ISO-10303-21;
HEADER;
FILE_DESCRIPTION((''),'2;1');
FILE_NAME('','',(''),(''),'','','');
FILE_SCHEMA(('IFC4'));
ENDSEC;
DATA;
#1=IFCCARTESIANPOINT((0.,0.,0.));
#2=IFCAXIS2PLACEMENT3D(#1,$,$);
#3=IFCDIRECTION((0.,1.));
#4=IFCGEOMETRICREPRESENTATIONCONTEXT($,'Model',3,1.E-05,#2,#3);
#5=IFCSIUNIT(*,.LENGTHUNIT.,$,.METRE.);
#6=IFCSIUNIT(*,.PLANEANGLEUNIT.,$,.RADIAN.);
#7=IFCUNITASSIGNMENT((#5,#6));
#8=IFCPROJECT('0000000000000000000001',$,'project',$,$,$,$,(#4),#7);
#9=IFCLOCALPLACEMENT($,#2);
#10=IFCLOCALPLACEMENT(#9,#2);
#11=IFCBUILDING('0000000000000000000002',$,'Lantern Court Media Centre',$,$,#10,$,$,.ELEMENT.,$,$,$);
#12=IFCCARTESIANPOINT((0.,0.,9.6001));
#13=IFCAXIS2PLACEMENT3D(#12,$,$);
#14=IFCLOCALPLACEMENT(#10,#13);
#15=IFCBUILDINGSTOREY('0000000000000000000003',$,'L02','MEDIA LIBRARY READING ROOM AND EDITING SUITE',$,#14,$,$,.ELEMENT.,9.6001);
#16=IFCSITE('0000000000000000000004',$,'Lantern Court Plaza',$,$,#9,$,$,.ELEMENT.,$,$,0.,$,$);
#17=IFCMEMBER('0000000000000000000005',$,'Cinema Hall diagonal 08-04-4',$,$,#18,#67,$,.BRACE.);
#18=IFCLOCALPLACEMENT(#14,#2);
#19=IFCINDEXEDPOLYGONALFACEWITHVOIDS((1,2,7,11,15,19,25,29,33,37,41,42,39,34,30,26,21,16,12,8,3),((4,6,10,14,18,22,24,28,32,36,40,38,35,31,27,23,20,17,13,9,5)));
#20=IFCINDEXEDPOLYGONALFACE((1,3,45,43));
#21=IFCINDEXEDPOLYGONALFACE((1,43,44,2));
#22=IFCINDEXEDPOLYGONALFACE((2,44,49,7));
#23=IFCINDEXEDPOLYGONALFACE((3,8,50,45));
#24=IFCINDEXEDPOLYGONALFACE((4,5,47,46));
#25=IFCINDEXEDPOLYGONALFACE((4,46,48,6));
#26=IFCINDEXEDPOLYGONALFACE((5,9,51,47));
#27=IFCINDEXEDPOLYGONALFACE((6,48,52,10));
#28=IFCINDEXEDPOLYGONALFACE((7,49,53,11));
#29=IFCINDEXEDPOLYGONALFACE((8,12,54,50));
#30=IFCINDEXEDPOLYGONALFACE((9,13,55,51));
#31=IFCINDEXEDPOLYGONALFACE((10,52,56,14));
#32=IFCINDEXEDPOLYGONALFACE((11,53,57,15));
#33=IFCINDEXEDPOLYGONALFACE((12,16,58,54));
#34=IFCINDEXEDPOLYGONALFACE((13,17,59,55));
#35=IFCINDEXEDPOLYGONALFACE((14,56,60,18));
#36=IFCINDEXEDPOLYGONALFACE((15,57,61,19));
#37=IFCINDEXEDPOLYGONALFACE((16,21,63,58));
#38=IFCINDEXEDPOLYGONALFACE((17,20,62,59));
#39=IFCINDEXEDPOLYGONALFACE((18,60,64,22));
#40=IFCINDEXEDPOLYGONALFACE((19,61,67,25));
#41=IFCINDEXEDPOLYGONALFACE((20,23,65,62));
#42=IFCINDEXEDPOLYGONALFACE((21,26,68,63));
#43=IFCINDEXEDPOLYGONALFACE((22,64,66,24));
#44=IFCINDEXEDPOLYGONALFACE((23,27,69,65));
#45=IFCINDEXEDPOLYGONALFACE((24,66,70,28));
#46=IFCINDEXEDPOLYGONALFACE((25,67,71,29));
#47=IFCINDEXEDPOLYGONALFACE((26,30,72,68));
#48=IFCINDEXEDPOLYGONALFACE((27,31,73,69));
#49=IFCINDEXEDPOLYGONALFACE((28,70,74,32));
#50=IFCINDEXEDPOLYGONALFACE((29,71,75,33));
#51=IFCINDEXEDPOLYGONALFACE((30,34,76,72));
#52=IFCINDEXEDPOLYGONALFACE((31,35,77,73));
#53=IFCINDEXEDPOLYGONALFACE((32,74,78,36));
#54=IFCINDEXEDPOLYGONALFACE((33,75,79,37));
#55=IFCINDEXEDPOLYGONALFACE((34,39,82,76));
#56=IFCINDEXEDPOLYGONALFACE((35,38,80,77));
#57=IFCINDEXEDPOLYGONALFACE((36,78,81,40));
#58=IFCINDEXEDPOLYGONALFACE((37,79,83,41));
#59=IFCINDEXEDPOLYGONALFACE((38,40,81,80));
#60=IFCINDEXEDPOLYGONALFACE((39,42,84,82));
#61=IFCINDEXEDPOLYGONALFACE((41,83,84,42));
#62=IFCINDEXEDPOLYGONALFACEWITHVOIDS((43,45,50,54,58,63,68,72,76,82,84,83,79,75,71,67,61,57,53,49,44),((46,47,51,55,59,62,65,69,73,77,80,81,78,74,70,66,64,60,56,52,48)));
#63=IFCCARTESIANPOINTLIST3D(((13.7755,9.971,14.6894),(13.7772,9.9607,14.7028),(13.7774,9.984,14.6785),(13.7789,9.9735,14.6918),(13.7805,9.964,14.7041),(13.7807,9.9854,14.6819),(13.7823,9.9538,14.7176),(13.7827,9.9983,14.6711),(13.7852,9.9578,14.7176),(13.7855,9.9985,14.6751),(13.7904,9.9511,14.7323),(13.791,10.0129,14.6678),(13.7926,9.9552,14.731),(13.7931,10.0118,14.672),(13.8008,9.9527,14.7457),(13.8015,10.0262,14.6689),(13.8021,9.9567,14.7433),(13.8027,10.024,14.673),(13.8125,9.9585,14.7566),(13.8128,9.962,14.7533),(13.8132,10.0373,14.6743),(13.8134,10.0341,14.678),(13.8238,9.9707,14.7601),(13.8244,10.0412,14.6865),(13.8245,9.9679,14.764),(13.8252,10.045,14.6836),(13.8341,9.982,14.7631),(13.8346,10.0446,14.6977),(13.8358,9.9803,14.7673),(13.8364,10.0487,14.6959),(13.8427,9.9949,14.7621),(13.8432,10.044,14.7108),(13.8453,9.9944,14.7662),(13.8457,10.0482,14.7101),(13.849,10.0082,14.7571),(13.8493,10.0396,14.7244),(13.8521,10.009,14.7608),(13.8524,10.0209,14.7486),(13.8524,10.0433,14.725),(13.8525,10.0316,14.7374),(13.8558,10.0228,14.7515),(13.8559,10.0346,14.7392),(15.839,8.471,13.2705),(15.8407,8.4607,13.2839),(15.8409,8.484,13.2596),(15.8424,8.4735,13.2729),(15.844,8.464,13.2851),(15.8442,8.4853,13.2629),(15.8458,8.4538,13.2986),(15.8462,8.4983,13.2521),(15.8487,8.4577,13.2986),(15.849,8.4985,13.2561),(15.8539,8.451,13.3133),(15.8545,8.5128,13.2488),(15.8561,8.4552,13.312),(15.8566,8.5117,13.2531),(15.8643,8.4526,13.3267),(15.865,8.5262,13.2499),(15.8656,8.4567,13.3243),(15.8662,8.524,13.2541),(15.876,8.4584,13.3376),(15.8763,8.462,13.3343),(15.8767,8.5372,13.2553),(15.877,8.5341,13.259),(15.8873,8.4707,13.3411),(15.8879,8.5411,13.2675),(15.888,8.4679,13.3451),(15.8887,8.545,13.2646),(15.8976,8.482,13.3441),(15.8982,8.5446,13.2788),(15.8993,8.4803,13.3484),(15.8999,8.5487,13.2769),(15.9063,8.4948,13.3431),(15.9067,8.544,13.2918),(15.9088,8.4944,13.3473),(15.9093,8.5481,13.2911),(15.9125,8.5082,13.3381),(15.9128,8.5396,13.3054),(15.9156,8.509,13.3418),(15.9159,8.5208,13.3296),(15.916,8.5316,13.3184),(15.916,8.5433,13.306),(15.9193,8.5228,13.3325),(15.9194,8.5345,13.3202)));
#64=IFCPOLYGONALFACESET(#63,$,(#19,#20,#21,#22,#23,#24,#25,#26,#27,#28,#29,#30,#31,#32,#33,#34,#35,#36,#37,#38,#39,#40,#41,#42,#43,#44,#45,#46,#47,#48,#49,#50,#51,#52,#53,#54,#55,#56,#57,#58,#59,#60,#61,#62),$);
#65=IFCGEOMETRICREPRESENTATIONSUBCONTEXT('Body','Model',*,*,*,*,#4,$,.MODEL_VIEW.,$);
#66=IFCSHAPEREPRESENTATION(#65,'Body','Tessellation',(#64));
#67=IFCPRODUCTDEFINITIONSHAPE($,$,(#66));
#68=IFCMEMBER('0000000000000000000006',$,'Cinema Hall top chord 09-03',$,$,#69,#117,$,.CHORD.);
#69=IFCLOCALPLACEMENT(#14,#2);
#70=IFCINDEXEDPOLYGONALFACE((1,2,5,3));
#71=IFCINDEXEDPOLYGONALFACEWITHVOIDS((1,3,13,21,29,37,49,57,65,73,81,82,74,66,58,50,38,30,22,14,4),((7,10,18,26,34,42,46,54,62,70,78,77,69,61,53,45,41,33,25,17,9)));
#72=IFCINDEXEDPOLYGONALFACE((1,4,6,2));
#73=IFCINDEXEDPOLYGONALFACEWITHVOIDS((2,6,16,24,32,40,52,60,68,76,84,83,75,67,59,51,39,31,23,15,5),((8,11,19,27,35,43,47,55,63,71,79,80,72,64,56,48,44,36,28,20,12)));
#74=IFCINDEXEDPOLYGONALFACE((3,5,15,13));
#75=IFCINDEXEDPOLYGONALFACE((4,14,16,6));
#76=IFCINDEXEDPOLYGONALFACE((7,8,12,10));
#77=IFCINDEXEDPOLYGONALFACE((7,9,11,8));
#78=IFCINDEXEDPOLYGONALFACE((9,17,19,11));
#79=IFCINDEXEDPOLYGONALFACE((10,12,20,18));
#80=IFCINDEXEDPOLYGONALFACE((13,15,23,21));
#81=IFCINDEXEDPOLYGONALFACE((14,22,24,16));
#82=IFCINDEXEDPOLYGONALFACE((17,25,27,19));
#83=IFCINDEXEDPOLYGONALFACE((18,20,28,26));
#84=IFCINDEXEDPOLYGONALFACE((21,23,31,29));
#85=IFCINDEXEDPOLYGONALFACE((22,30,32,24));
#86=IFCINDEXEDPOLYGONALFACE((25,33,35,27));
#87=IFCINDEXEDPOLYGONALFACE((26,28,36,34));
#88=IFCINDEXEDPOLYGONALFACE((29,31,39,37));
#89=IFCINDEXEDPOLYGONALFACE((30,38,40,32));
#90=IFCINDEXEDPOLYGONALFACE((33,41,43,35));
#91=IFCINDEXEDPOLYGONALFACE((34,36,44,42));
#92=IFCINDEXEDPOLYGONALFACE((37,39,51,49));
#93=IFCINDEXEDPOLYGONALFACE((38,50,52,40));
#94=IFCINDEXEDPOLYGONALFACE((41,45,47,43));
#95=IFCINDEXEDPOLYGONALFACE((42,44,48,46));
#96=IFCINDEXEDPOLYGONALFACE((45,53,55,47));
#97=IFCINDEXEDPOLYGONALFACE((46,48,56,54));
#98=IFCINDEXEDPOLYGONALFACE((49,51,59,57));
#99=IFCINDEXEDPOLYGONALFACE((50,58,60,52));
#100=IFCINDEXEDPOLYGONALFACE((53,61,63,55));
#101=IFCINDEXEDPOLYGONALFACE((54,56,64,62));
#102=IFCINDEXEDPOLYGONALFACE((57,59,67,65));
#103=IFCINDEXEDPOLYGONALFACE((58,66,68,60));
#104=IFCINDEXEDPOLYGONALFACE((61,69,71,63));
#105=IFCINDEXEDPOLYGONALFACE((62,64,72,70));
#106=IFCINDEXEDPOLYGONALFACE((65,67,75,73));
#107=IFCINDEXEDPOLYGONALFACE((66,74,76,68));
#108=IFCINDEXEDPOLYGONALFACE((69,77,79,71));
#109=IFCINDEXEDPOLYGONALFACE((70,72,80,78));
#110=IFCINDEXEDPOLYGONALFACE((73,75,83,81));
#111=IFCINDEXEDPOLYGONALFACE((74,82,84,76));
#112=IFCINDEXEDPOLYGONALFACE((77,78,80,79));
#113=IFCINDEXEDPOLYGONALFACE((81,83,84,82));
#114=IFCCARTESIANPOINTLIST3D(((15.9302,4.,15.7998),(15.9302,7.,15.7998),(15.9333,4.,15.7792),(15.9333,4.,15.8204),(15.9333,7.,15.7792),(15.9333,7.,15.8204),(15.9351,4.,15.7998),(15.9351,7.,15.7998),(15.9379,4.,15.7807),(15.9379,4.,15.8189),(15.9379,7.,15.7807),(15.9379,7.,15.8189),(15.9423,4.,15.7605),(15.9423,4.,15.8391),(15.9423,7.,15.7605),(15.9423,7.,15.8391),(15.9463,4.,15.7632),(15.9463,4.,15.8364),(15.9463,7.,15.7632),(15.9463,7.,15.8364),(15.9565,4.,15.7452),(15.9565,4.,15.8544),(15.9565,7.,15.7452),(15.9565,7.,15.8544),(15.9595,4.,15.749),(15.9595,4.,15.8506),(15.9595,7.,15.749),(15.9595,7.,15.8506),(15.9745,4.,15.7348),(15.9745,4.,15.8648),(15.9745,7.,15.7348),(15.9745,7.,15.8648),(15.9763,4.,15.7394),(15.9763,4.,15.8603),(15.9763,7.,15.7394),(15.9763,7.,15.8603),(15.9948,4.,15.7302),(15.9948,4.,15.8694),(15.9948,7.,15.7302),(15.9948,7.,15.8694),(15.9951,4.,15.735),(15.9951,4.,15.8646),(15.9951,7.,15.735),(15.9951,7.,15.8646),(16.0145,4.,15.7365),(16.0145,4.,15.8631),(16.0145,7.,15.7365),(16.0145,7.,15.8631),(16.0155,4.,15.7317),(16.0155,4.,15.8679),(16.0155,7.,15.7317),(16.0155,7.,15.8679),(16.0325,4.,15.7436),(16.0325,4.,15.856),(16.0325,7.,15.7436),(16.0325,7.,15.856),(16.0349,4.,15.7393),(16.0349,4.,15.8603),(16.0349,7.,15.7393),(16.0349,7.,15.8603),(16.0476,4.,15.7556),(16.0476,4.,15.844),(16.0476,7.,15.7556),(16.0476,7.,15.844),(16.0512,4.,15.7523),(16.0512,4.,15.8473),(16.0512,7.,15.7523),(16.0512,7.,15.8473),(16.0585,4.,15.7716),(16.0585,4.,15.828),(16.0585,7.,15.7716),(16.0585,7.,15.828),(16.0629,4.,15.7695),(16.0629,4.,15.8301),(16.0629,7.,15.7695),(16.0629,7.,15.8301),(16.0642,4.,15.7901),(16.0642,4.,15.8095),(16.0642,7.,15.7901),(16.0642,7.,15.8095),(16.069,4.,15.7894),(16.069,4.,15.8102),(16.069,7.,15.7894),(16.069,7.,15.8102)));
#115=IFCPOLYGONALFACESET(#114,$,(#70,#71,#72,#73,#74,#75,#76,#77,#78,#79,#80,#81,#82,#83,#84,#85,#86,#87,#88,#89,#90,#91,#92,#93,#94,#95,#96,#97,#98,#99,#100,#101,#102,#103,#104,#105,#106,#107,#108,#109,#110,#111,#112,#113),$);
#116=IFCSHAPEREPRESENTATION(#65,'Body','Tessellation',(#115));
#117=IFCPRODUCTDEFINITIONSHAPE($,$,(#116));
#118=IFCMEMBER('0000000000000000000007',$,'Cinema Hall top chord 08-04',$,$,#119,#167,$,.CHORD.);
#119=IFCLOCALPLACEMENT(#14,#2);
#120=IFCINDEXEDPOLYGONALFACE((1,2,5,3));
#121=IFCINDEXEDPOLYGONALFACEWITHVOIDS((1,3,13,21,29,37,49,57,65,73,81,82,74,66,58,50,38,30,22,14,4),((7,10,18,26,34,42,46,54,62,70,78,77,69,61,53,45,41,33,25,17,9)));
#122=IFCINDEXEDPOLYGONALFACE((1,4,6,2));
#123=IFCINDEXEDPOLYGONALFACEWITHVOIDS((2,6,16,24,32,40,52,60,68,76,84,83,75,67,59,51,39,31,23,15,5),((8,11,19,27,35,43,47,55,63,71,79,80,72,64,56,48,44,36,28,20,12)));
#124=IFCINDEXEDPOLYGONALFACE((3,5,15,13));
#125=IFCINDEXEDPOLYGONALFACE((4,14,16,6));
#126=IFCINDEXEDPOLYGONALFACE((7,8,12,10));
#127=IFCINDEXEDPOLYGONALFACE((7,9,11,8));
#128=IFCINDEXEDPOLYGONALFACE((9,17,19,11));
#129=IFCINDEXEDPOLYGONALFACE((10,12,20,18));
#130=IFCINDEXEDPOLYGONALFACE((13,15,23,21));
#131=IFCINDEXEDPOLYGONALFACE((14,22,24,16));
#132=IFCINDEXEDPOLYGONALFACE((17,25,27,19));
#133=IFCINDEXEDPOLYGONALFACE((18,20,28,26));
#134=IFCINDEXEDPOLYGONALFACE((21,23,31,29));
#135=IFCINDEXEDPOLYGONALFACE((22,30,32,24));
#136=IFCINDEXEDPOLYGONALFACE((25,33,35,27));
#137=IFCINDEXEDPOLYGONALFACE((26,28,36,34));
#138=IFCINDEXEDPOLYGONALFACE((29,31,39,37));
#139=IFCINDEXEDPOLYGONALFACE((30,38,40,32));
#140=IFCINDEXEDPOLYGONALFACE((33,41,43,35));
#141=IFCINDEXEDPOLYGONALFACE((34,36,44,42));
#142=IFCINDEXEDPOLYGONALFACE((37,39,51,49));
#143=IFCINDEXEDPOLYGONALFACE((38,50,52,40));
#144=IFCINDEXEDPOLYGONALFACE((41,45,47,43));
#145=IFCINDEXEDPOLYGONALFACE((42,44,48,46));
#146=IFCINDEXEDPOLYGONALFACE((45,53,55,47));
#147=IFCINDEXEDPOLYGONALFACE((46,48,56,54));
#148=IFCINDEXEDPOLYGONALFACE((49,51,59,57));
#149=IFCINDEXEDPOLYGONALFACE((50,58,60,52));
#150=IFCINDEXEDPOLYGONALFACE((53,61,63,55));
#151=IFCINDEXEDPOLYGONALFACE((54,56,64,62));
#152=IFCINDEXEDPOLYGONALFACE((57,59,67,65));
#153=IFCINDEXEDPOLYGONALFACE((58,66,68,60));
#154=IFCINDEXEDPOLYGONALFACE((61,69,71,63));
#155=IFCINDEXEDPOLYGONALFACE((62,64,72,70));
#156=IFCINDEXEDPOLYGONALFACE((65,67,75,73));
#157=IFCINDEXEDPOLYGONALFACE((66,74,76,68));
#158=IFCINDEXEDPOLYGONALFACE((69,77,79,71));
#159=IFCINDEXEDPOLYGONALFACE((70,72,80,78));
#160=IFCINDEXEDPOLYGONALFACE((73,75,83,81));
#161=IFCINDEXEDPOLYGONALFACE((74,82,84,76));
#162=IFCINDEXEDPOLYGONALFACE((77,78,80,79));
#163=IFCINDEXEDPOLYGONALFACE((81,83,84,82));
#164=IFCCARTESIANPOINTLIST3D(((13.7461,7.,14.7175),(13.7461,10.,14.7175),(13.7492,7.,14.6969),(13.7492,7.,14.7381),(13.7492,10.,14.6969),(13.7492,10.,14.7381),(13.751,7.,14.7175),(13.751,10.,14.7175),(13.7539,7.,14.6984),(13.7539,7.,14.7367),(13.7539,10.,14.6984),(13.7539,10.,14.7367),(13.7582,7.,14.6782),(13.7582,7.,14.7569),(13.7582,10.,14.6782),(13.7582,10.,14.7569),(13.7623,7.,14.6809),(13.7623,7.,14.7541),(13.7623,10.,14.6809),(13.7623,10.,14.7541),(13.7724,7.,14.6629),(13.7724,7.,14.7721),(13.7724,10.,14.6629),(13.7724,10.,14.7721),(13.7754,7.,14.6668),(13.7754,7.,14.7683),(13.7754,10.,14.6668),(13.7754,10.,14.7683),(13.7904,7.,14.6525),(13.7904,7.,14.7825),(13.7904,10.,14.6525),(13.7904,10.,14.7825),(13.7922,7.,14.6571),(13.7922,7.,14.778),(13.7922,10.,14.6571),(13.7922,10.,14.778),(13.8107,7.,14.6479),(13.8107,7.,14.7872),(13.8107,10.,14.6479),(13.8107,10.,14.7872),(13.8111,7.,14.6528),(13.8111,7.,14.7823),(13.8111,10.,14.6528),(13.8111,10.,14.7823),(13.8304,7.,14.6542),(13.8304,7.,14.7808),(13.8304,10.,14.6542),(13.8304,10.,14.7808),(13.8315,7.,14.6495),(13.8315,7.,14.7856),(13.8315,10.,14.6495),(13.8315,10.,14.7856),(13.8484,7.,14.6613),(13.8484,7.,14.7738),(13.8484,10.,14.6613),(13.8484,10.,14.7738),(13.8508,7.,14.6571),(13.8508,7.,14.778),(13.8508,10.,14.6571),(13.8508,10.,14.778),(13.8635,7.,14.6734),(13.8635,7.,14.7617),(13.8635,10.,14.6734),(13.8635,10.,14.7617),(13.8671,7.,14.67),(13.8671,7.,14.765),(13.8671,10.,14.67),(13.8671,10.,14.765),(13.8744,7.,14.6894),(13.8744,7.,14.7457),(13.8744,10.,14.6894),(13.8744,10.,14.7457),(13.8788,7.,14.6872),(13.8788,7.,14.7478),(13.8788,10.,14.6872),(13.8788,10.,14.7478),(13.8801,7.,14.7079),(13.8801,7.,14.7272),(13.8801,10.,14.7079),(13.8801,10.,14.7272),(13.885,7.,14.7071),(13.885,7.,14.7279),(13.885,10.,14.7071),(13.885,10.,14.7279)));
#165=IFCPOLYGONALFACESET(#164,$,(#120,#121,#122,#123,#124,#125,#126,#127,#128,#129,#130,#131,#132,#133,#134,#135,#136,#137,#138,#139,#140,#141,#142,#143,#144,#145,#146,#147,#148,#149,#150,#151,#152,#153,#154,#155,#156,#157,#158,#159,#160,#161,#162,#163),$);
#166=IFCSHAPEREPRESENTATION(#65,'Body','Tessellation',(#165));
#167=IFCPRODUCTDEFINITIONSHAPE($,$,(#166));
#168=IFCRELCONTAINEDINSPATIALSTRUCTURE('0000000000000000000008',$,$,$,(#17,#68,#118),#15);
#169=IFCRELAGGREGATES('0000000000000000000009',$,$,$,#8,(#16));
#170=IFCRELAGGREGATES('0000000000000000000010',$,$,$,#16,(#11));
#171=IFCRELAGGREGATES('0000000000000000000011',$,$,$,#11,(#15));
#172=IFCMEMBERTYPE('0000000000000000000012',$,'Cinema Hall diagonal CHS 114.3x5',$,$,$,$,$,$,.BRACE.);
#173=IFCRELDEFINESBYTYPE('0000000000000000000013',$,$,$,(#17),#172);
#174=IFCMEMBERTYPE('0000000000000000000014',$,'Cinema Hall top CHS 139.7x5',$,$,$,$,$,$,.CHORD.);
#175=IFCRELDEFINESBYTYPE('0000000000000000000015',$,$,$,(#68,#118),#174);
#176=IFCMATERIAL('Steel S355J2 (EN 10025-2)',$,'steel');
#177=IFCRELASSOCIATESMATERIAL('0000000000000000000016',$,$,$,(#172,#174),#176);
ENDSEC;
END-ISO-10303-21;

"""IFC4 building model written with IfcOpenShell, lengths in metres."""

from ifc_helpers import new_model, si_unit, direction, frame, origin, origin_2d, place, context, subcontext, project, spatial, hollow_circle, extrude, material, material_profile, profile_set, type_object, element, save


model = new_model("IFC4")

# Units and contexts
model_context = context("Model", 3, precision=1e-05, world=origin(), true_north=direction((0.0, 1.0)))
body_context = subcontext(model_context, "Body", "Model", "MODEL_VIEW")
ifc_project = project(units=[si_unit("LENGTHUNIT", "METRE"), si_unit("PLANEANGLEUNIT", "RADIAN")], contexts=[model_context])

# Site, building, storey
site_placement = place(None, origin())
site = spatial("IfcSite", under=ifc_project, at=site_placement, Name="Lantern Court Plaza", CompositionType="ELEMENT", RefElevation=0.0)
building_placement = place(site_placement, origin())
building = spatial("IfcBuilding", under=site, at=building_placement, Name="Lantern Court Media Centre", CompositionType="ELEMENT")
storey_placement = place(building_placement, frame((0.0, 0.0, 9.6001)))
storey = spatial("IfcBuildingStorey", under=building, at=storey_placement, Name="L02", Description="MEDIA LIBRARY READING ROOM AND EDITING SUITE", CompositionType="ELEMENT", Elevation=9.6001)

# Members
ifc_material = material(Name="Steel S355J2 (EN 10025-2)", Category="steel")
ifc_material_profile_1 = material_profile(ifc_material, hollow_circle(Radius=0.0571, WallThickness=0.0049, at=origin_2d()), Name="Cinema Hall diagonal CHS 114.3x5")
ifc_profile_set_1 = profile_set([ifc_material_profile_1], Name="Steel S355J2 (EN 10025-2)")
member_type_1 = type_object("IfcMemberType", Name="Cinema Hall diagonal CHS 114.3x5", PredefinedType="BRACE", material=ifc_profile_set_1)
member_1_placement = place(storey_placement, frame((15.8794, 8.5, 13.2986), z_axis=(-0.70688, 0.513851, 0.486084), x_axis=(-0.58799, -0.808868, 0.0)))
element("IfcMember", 1, at=member_1_placement, inside=storey, type_object=member_type_1, Name="Cinema Hall diagonal 08-04-4", PredefinedType="BRACE", context=body_context, shape_type="SweptSolid", body=[
    extrude(hollow_circle(Radius=0.0571, WallThickness=0.0049, at=origin_2d()), origin(), (0.0, 0.0, 1.0), 2.9192),
])
ifc_material_profile_2 = material_profile(ifc_material, hollow_circle(Radius=0.0698, WallThickness=0.0049, at=origin_2d()), Name="Cinema Hall top CHS 139.7x5")
ifc_profile_set_2 = profile_set([ifc_material_profile_2], Name="Steel S355J2 (EN 10025-2)")
member_type_2 = type_object("IfcMemberType", Name="Cinema Hall top CHS 139.7x5", PredefinedType="CHORD", material=ifc_profile_set_2)
for number, where, z_axis, x_axis, name in (
    (2, (16.0, 4.0, 15.7998), (0.0, 1.0, 0.0), (-1.0, 0.0, 0.0), "Cinema Hall top chord 09-03"),
    (3, (13.8159, 7.0, 14.7175), (0.0, 1.0, 0.0), (-1.0, 0.0, 0.0), "Cinema Hall top chord 08-04"),
):
    element("IfcMember", number, at=place(storey_placement, frame(where, z_axis=z_axis, x_axis=x_axis)), inside=storey, type_object=member_type_2, Name=name, PredefinedType="CHORD", context=body_context, shape_type="SweptSolid", body=[
        extrude(hollow_circle(Radius=0.0698, WallThickness=0.0049, at=origin_2d()), origin(), (0.0, 0.0, 1.0), 3.0),
    ])

save(model, "model.ifc")
